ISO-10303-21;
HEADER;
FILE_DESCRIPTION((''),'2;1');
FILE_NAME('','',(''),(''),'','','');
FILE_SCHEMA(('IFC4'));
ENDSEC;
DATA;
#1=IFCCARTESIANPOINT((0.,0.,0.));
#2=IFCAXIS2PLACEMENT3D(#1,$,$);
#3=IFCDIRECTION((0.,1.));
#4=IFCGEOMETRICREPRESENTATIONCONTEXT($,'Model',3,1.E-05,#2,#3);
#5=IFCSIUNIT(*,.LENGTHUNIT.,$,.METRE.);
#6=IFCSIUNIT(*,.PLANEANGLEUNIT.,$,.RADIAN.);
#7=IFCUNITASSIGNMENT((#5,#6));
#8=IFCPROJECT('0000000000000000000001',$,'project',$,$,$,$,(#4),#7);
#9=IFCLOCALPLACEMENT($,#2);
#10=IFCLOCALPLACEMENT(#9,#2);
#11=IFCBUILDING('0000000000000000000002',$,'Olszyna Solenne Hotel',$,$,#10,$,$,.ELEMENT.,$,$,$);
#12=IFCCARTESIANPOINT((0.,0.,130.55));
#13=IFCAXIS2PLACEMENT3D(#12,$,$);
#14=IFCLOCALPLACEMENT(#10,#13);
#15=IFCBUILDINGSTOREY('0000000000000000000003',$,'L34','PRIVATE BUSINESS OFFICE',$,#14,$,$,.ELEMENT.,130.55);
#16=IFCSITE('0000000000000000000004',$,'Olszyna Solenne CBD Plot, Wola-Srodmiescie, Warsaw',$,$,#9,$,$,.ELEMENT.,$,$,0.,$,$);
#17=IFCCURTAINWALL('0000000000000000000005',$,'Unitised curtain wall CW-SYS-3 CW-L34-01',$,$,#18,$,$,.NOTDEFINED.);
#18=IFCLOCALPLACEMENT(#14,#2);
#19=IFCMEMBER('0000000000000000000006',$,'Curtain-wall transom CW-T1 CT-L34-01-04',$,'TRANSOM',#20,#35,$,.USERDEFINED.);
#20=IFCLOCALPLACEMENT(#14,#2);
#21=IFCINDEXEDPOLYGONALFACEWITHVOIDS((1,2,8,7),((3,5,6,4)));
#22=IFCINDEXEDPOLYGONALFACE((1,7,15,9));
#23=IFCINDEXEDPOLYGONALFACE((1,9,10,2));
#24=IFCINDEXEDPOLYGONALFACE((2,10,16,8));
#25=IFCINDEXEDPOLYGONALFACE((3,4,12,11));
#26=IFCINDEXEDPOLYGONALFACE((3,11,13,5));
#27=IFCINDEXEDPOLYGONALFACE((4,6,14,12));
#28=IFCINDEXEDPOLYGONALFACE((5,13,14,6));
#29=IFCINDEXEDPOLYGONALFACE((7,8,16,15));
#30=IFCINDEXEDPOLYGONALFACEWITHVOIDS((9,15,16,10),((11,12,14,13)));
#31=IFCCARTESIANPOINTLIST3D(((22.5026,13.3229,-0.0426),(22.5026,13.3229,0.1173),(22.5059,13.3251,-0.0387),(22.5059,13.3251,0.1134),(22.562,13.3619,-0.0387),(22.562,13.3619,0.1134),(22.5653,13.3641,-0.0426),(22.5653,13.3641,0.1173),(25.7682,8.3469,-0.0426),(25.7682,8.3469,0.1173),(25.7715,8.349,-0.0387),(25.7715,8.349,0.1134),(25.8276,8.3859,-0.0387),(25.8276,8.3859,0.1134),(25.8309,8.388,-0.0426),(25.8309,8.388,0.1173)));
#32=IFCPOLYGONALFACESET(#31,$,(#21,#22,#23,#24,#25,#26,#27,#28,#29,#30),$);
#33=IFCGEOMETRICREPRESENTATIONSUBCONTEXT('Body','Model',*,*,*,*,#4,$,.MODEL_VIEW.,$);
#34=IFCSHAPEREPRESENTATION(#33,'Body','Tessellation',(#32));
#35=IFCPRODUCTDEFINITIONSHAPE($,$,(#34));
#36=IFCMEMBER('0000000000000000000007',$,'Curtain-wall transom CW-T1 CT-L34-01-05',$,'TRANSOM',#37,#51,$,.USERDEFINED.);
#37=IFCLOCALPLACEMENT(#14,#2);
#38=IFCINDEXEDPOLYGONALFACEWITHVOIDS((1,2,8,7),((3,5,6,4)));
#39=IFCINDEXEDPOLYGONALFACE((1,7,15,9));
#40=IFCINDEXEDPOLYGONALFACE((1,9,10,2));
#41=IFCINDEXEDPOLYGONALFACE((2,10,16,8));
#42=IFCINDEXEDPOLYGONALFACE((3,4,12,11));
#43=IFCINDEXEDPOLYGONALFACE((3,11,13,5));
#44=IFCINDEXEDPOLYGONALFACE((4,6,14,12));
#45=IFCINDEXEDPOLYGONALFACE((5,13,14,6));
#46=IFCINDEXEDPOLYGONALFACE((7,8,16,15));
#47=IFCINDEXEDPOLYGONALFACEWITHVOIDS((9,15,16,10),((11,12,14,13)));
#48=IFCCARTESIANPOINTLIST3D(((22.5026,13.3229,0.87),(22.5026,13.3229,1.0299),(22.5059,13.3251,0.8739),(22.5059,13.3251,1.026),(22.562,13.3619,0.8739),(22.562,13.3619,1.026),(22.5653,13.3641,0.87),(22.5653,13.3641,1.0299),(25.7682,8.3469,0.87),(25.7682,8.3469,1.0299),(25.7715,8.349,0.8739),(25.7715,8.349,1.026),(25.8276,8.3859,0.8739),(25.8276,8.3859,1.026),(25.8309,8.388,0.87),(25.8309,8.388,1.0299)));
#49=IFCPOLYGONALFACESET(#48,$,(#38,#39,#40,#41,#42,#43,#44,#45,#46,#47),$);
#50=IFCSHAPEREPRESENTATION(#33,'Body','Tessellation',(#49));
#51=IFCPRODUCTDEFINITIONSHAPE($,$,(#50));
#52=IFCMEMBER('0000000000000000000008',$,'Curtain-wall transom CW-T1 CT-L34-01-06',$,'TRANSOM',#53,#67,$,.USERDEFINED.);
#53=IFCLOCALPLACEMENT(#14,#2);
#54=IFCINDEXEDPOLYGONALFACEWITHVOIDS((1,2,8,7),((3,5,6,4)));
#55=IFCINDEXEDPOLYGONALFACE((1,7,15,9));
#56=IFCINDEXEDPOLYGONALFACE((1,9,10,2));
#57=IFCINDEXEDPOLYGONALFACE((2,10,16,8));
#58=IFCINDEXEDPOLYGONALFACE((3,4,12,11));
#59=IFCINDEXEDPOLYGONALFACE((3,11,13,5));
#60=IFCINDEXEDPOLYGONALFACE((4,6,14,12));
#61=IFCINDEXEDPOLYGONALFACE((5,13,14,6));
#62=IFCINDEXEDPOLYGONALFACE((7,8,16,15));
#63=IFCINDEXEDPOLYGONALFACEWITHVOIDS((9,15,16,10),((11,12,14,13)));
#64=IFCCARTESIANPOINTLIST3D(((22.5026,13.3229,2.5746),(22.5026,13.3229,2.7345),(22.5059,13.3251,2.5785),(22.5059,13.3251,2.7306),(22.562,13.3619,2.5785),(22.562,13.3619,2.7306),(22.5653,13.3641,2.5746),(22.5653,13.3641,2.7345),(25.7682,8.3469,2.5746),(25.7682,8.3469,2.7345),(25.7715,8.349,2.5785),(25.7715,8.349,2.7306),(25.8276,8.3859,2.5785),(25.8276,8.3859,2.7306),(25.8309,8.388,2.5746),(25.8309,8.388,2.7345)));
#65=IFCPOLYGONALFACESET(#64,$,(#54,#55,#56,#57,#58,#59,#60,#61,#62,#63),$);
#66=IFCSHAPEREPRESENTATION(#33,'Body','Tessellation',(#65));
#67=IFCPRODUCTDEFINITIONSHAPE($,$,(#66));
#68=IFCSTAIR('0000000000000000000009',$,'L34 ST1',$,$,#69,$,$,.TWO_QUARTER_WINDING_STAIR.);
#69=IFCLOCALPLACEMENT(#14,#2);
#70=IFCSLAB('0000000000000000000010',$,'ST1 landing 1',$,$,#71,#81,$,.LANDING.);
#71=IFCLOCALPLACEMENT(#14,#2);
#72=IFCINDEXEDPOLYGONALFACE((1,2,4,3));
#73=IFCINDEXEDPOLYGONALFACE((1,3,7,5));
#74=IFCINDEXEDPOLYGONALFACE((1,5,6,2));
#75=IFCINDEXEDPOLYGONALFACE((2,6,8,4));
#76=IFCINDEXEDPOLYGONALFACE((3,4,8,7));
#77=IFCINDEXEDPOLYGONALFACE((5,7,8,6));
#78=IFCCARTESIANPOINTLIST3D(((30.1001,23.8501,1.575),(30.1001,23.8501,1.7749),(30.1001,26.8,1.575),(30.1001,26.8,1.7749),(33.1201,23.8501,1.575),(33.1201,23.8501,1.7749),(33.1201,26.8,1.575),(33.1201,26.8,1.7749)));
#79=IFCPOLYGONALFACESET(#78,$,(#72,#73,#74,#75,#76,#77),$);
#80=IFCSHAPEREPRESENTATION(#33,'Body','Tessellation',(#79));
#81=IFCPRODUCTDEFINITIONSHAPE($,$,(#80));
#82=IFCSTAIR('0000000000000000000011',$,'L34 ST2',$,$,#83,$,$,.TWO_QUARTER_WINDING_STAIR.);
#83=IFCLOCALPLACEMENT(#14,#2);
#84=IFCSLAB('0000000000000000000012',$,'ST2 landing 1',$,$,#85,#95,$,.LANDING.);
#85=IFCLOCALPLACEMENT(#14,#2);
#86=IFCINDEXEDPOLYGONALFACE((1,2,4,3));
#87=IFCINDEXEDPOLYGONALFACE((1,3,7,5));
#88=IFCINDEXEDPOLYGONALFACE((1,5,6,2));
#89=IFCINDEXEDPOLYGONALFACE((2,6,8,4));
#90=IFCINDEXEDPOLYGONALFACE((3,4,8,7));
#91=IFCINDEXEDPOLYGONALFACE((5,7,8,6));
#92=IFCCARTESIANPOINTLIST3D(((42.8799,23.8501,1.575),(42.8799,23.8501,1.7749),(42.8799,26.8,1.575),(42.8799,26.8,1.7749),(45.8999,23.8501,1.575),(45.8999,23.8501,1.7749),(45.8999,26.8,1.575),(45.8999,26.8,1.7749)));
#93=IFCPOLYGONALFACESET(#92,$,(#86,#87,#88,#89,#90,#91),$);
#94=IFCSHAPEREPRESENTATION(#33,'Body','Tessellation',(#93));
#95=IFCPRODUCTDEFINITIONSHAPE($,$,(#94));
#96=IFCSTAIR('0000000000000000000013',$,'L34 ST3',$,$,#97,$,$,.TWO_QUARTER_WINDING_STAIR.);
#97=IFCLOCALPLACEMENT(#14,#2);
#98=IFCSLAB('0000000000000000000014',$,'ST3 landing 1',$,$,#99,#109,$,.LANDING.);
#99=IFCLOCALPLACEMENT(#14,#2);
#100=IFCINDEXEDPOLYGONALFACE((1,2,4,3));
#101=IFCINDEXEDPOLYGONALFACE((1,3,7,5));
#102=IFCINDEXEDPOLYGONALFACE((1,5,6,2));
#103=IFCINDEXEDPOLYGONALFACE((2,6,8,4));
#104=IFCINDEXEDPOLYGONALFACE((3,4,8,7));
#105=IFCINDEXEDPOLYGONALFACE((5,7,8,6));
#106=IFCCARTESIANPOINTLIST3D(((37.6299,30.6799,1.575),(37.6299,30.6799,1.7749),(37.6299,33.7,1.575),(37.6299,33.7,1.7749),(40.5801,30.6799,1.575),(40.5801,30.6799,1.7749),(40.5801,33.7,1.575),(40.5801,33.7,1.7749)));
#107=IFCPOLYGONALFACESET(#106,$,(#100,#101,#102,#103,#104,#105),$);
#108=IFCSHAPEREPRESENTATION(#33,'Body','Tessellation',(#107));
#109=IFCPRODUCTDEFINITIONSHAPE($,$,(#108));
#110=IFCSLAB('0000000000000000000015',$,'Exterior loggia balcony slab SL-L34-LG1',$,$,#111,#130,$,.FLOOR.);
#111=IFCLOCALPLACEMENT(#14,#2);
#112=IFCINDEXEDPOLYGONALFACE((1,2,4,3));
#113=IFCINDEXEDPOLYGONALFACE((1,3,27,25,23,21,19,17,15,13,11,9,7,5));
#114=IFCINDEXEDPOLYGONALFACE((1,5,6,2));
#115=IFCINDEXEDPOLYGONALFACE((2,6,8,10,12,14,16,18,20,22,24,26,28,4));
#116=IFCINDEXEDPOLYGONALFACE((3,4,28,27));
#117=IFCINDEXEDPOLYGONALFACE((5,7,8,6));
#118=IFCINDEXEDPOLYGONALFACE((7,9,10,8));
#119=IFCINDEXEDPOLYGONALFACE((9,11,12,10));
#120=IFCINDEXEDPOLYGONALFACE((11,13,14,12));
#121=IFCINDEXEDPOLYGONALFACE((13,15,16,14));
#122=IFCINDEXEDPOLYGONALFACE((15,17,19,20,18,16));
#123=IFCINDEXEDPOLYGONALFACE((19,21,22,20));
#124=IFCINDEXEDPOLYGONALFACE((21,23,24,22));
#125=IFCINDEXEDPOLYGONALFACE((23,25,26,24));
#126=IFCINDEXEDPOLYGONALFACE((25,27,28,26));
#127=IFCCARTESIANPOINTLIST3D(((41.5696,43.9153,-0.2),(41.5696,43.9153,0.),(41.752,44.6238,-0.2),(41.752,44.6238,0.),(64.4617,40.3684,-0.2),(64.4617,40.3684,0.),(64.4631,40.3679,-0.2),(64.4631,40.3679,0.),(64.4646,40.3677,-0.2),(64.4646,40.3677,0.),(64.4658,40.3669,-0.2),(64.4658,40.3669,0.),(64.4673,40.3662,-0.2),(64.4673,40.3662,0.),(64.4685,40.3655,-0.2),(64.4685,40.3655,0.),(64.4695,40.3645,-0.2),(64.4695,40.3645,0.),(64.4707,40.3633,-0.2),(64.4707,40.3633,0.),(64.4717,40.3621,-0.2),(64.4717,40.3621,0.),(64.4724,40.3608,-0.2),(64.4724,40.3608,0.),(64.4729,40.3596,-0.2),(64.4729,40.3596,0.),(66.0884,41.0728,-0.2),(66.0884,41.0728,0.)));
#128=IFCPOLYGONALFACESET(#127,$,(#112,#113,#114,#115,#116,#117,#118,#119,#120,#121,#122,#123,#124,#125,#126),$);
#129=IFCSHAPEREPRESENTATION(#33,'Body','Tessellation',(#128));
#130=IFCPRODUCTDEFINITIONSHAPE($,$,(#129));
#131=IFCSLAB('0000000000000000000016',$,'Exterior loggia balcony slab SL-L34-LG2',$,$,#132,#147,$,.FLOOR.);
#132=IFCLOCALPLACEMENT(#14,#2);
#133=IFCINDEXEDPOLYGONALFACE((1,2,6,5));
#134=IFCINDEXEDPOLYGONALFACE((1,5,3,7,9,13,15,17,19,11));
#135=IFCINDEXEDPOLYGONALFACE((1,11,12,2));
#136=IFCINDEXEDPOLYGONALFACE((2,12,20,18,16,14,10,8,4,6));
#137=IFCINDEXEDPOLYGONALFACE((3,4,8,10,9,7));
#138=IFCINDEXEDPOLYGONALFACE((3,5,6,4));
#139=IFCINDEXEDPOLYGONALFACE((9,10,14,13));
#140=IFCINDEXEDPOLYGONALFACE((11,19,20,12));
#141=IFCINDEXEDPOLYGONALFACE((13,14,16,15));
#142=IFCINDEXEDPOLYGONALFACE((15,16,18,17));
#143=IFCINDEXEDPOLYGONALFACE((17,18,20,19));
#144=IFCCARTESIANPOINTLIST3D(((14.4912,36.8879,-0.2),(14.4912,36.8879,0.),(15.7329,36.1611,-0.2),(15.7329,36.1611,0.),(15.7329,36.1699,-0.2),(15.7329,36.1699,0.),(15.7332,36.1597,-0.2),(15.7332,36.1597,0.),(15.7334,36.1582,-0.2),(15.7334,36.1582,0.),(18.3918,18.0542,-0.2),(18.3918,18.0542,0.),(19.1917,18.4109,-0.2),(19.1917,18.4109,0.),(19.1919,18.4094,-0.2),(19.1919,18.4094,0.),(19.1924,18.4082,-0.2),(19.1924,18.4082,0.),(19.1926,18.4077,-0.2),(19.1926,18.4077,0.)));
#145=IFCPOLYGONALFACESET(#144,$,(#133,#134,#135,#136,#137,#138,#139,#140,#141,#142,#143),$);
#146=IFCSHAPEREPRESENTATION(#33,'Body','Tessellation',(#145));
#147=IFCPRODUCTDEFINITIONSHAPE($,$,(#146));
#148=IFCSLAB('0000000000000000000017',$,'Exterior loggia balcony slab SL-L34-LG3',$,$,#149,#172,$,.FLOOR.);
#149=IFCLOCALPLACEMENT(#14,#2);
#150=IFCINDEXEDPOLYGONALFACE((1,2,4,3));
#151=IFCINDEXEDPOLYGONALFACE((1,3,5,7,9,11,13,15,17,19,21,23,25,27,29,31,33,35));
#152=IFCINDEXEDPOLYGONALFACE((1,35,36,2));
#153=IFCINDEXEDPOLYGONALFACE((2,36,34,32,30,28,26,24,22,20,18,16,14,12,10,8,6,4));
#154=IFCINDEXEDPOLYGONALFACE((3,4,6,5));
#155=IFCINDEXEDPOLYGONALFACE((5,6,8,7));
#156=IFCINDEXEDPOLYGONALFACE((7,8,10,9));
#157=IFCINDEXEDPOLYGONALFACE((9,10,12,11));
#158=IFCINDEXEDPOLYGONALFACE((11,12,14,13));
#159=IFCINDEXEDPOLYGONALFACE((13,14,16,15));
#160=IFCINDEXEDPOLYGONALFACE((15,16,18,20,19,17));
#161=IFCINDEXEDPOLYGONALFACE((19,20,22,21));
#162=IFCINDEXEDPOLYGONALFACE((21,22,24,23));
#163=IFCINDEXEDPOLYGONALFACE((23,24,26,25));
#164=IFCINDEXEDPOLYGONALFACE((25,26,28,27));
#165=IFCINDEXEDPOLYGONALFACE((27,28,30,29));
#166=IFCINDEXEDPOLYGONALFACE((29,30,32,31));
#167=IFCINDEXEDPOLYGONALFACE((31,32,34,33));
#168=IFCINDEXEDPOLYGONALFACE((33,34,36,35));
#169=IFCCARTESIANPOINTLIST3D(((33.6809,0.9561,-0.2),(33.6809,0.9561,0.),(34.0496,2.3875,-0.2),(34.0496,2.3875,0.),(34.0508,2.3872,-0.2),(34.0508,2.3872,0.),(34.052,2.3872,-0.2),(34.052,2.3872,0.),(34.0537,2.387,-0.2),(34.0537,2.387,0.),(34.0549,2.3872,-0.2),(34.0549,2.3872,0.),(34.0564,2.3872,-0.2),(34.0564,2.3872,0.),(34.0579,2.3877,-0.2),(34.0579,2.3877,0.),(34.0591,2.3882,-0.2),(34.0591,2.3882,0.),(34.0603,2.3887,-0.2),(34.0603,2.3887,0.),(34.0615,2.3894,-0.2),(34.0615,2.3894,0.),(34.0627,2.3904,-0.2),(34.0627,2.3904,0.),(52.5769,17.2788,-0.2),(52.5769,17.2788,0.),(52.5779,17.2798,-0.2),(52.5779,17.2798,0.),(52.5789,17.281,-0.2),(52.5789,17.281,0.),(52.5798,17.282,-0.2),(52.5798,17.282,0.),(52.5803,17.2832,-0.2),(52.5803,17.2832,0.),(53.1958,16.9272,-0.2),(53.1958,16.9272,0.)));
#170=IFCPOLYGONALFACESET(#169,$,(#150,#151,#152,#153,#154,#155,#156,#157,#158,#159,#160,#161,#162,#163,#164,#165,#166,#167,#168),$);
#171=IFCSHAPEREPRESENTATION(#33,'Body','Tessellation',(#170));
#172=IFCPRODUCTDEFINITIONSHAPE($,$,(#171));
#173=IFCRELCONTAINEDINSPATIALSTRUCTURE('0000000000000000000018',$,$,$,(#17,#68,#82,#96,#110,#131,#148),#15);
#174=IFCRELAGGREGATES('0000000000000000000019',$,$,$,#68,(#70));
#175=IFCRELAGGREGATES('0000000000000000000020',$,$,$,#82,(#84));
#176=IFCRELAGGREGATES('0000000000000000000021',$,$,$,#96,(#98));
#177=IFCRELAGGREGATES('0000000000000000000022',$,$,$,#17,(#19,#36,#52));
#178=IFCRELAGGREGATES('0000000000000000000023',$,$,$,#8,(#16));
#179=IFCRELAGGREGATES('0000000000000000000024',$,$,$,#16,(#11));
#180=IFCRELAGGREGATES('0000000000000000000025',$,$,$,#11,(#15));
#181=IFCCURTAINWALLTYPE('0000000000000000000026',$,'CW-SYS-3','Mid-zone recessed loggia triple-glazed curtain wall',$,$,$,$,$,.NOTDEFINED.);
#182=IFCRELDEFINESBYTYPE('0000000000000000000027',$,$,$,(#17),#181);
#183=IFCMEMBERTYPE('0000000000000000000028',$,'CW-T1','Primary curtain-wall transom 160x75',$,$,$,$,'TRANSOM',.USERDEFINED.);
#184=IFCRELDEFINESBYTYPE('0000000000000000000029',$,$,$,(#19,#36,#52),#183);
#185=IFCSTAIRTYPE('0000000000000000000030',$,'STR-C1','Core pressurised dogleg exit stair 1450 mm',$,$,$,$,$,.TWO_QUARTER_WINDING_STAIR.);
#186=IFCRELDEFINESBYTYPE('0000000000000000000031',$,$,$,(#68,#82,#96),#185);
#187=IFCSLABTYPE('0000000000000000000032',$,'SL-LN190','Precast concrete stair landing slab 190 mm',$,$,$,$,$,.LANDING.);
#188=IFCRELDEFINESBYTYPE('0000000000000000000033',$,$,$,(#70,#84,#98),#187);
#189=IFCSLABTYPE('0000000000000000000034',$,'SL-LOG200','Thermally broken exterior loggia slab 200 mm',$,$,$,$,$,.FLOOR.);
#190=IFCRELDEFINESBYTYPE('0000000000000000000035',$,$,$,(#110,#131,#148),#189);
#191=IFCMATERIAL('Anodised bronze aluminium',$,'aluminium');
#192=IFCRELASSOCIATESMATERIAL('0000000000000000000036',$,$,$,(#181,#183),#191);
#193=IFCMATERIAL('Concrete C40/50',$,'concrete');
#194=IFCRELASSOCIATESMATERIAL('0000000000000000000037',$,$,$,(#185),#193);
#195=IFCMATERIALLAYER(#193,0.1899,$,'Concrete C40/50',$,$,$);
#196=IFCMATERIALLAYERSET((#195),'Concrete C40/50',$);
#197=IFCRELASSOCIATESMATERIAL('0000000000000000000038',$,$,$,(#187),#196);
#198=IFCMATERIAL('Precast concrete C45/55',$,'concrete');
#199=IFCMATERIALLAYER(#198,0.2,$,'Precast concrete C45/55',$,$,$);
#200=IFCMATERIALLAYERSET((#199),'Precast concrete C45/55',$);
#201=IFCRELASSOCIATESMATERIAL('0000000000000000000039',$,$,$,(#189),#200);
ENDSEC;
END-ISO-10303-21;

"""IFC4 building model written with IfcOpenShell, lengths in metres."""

from ifc_helpers import new_model, si_unit, direction, frame, origin, origin_2d, place, context, subcontext, project, spatial, polyline, hollow_rectangle, outline, extrude, source, transform, mapped, material, layer, layer_set, material_profile, profile_set, type_object, element, aggregate, save


model = new_model("IFC4")

# Units and contexts
model_context = context("Model", 3, precision=1e-05, world=origin(), true_north=direction((0.0, 1.0)))
body_context = subcontext(model_context, "Body", "Model", "MODEL_VIEW")
ifc_project = project(units=[si_unit("LENGTHUNIT", "METRE"), si_unit("PLANEANGLEUNIT", "RADIAN")], contexts=[model_context])

# Site, building, storey
site_placement = place(None, origin())
site = spatial("IfcSite", under=ifc_project, at=site_placement, Name="Olszyna Solenne CBD Plot, Wola-Srodmiescie, Warsaw", CompositionType="ELEMENT", RefElevation=0.0)
building_placement = place(site_placement, origin())
building = spatial("IfcBuilding", under=site, at=building_placement, Name="Olszyna Solenne Hotel", CompositionType="ELEMENT")
storey_placement = place(building_placement, frame((0.0, 0.0, 130.55)))
storey = spatial("IfcBuildingStorey", under=building, at=storey_placement, Name="L34", Description="PRIVATE BUSINESS OFFICE", CompositionType="ELEMENT", Elevation=130.55)

# Curtain wall, members
ifc_material_1 = material(Name="Anodised bronze aluminium", Category="aluminium")
curtain_wall_type = type_object("IfcCurtainWallType", Name="CW-SYS-3", Description="Mid-zone recessed loggia triple-glazed curtain wall", PredefinedType="NOTDEFINED", material=ifc_material_1)
curtain_wall_placement = place(storey_placement, origin())
curtain_wall = element("IfcCurtainWall", 1, at=curtain_wall_placement, inside=storey, type_object=curtain_wall_type, Name="Unitised curtain wall CW-SYS-3 CW-L34-01", PredefinedType="NOTDEFINED")
ifc_material_profile_1 = material_profile(ifc_material_1, hollow_rectangle(XDim=0.075, YDim=0.1599, WallThickness=0.0039, at=origin_2d()), Name="TRAN 160x75x4", Category="load-bearing")
ifc_profile_set_1 = profile_set([ifc_material_profile_1], Name="Anodised bronze aluminium")
member_type_1 = type_object("IfcMemberType", Name="CW-T1", Description="Primary curtain-wall transom 160x75", ElementType="TRANSOM", PredefinedType="USERDEFINED", material=ifc_profile_set_1)
shared_shape_1 = source(origin(), body_context, "Body", "SweptSolid", [
    extrude(hollow_rectangle(XDim=0.075, YDim=0.1599, WallThickness=0.0039, at=origin_2d()), origin(), (0.0, 0.0, 1.0), 5.9519),
])
member_1_placement = place(storey_placement, frame((22.5339, 13.3435, 0.0374), z_axis=(0.548665, -0.836042, 0.0), x_axis=(0.836042, 0.548665, 0.0)))
member_1 = element("IfcMember", 2, at=member_1_placement, type_object=member_type_1, Name="Curtain-wall transom CW-T1 CT-L34-01-04", ObjectType="TRANSOM", PredefinedType="USERDEFINED", context=body_context, shape_type="MappedRepresentation", body=[
    mapped(shared_shape_1, transform((0.0, 0.0, 0.0), x_axis=(1.0, 0.0, 0.0), y_axis=(0.0, 1.0, 0.0), z_axis=(0.0, 0.0, 1.0), scale=1.0)),
])
member_2_placement = place(storey_placement, frame((22.5339, 13.3435, 0.95), z_axis=(0.548665, -0.836042, 0.0), x_axis=(0.836042, 0.548665, 0.0)))
member_2 = element("IfcMember", 3, at=member_2_placement, type_object=member_type_1, Name="Curtain-wall transom CW-T1 CT-L34-01-05", ObjectType="TRANSOM", PredefinedType="USERDEFINED", context=body_context, shape_type="MappedRepresentation", body=[
    mapped(shared_shape_1, transform((0.0, 0.0, 0.0), x_axis=(1.0, 0.0, 0.0), y_axis=(0.0, 1.0, 0.0), z_axis=(0.0, 0.0, 1.0), scale=1.0)),
])
member_3_placement = place(storey_placement, frame((22.5339, 13.3435, 2.6545), z_axis=(0.548665, -0.836042, 0.0), x_axis=(0.836042, 0.548665, 0.0)))
member_3 = element("IfcMember", 4, at=member_3_placement, type_object=member_type_1, Name="Curtain-wall transom CW-T1 CT-L34-01-06", ObjectType="TRANSOM", PredefinedType="USERDEFINED", context=body_context, shape_type="MappedRepresentation", body=[
    mapped(shared_shape_1, transform((0.0, 0.0, 0.0), x_axis=(1.0, 0.0, 0.0), y_axis=(0.0, 1.0, 0.0), z_axis=(0.0, 0.0, 1.0), scale=1.0)),
])

# Stairs, slabs
ifc_material_2 = material(Name="Concrete C40/50", Category="concrete")
stair_type = type_object("IfcStairType", Name="STR-C1", Description="Core pressurised dogleg exit stair 1450 mm", PredefinedType="TWO_QUARTER_WINDING_STAIR", material=ifc_material_2)
stair_1_placement = place(storey_placement, origin())
stair_1 = element("IfcStair", 5, at=stair_1_placement, inside=storey, type_object=stair_type, Name="L34 ST1", PredefinedType="TWO_QUARTER_WINDING_STAIR")
ifc_layer_1 = layer(ifc_material_2, 0.1899, Name="Concrete C40/50")
ifc_layer_set_1 = layer_set([ifc_layer_1], Name="Concrete C40/50")
slab_type_1 = type_object("IfcSlabType", Name="SL-LN190", Description="Precast concrete stair landing slab 190 mm", PredefinedType="LANDING", material=ifc_layer_set_1)
slab_1_placement = place(storey_placement, frame((0.0, 0.0, 1.575)))
slab_1 = element("IfcSlab", 6, at=slab_1_placement, type_object=slab_type_1, Name="ST1 landing 1", PredefinedType="LANDING", context=body_context, shape_type="SweptSolid", body=[
    extrude(outline(polyline([(33.1201, 23.8501), (33.1201, 26.8), (30.1001, 26.8), (30.1001, 23.8501), (33.1201, 23.8501)])), origin(), (0.0, 0.0, 1.0), 0.2),
])
aggregate(stair_1, [slab_1])
stair_2_placement = place(storey_placement, origin())
stair_2 = element("IfcStair", 7, at=stair_2_placement, inside=storey, type_object=stair_type, Name="L34 ST2", PredefinedType="TWO_QUARTER_WINDING_STAIR")
slab_2_placement = place(storey_placement, frame((0.0, 0.0, 1.575)))
slab_2 = element("IfcSlab", 8, at=slab_2_placement, type_object=slab_type_1, Name="ST2 landing 1", PredefinedType="LANDING", context=body_context, shape_type="SweptSolid", body=[
    extrude(outline(polyline([(45.8999, 23.8501), (45.8999, 26.8), (42.8799, 26.8), (42.8799, 23.8501), (45.8999, 23.8501)])), origin(), (0.0, 0.0, 1.0), 0.2),
])
aggregate(stair_2, [slab_2])
stair_3_placement = place(storey_placement, origin())
stair_3 = element("IfcStair", 9, at=stair_3_placement, inside=storey, type_object=stair_type, Name="L34 ST3", PredefinedType="TWO_QUARTER_WINDING_STAIR")
slab_3_placement = place(storey_placement, frame((0.0, 0.0, 1.575)))
slab_3 = element("IfcSlab", 10, at=slab_3_placement, type_object=slab_type_1, Name="ST3 landing 1", PredefinedType="LANDING", context=body_context, shape_type="SweptSolid", body=[
    extrude(outline(polyline([(37.6299, 30.6799), (40.5801, 30.6799), (40.5801, 33.7), (37.6299, 33.7), (37.6299, 30.6799)])), origin(), (0.0, 0.0, 1.0), 0.2),
])
aggregate(stair_3, [slab_3])

# Slabs
ifc_material_3 = material(Name="Precast concrete C45/55", Category="concrete")
ifc_layer_2 = layer(ifc_material_3, 0.2, Name="Precast concrete C45/55")
ifc_layer_set_2 = layer_set([ifc_layer_2], Name="Precast concrete C45/55")
slab_type_2 = type_object("IfcSlabType", Name="SL-LOG200", Description="Thermally broken exterior loggia slab 200 mm", PredefinedType="FLOOR", material=ifc_layer_set_2)
slab_4_placement = place(storey_placement, frame((0.0, 0.0, -0.2)))
element("IfcSlab", 11, at=slab_4_placement, inside=storey, type_object=slab_type_2, Name="Exterior loggia balcony slab SL-L34-LG1", PredefinedType="FLOOR", context=body_context, shape_type="SweptSolid", body=[
    extrude(outline(polyline([(41.5696, 43.9153), (64.4617, 40.3684), (64.4631, 40.3679), (64.4646, 40.3677), (64.4658, 40.3669), (64.4673, 40.3662), (64.4685, 40.3655), (64.4695, 40.3645), (64.4707, 40.3633), (64.4717, 40.3621), (64.4724, 40.3608), (64.4729, 40.3596), (66.0884, 41.0728), (41.752, 44.6238), (41.5696, 43.9153)])), origin(), (0.0, 0.0, 1.0), 0.2),
])
slab_5_placement = place(storey_placement, frame((0.0, 0.0, -0.2)))
element("IfcSlab", 12, at=slab_5_placement, inside=storey, type_object=slab_type_2, Name="Exterior loggia balcony slab SL-L34-LG2", PredefinedType="FLOOR", context=body_context, shape_type="SweptSolid", body=[
    extrude(outline(polyline([(19.1926, 18.4077), (19.1924, 18.4082), (19.1919, 18.4094), (19.1917, 18.4109), (15.7334, 36.1582), (15.7332, 36.1597), (15.7329, 36.1611), (15.7329, 36.1699), (14.4912, 36.8879), (18.3918, 18.0542), (19.1926, 18.4077)])), origin(), (0.0, 0.0, 1.0), 0.2),
])
slab_6_placement = place(storey_placement, frame((0.0, 0.0, -0.2)))
element("IfcSlab", 13, at=slab_6_placement, inside=storey, type_object=slab_type_2, Name="Exterior loggia balcony slab SL-L34-LG3", PredefinedType="FLOOR", context=body_context, shape_type="SweptSolid", body=[
    extrude(outline(polyline([(52.5803, 17.2832), (52.5798, 17.282), (52.5789, 17.281), (52.5779, 17.2798), (52.5769, 17.2788), (34.0627, 2.3904), (34.0615, 2.3894), (34.0603, 2.3887), (34.0591, 2.3882), (34.0579, 2.3877), (34.0564, 2.3872), (34.0549, 2.3872), (34.0537, 2.387), (34.052, 2.3872), (34.0508, 2.3872), (34.0496, 2.3875), (33.6809, 0.9561), (53.1958, 16.9272), (52.5803, 17.2832)])), origin(), (0.0, 0.0, 1.0), 0.2),
])

aggregate(curtain_wall, [member_1, member_2, member_3])

save(model, "model.ifc")
